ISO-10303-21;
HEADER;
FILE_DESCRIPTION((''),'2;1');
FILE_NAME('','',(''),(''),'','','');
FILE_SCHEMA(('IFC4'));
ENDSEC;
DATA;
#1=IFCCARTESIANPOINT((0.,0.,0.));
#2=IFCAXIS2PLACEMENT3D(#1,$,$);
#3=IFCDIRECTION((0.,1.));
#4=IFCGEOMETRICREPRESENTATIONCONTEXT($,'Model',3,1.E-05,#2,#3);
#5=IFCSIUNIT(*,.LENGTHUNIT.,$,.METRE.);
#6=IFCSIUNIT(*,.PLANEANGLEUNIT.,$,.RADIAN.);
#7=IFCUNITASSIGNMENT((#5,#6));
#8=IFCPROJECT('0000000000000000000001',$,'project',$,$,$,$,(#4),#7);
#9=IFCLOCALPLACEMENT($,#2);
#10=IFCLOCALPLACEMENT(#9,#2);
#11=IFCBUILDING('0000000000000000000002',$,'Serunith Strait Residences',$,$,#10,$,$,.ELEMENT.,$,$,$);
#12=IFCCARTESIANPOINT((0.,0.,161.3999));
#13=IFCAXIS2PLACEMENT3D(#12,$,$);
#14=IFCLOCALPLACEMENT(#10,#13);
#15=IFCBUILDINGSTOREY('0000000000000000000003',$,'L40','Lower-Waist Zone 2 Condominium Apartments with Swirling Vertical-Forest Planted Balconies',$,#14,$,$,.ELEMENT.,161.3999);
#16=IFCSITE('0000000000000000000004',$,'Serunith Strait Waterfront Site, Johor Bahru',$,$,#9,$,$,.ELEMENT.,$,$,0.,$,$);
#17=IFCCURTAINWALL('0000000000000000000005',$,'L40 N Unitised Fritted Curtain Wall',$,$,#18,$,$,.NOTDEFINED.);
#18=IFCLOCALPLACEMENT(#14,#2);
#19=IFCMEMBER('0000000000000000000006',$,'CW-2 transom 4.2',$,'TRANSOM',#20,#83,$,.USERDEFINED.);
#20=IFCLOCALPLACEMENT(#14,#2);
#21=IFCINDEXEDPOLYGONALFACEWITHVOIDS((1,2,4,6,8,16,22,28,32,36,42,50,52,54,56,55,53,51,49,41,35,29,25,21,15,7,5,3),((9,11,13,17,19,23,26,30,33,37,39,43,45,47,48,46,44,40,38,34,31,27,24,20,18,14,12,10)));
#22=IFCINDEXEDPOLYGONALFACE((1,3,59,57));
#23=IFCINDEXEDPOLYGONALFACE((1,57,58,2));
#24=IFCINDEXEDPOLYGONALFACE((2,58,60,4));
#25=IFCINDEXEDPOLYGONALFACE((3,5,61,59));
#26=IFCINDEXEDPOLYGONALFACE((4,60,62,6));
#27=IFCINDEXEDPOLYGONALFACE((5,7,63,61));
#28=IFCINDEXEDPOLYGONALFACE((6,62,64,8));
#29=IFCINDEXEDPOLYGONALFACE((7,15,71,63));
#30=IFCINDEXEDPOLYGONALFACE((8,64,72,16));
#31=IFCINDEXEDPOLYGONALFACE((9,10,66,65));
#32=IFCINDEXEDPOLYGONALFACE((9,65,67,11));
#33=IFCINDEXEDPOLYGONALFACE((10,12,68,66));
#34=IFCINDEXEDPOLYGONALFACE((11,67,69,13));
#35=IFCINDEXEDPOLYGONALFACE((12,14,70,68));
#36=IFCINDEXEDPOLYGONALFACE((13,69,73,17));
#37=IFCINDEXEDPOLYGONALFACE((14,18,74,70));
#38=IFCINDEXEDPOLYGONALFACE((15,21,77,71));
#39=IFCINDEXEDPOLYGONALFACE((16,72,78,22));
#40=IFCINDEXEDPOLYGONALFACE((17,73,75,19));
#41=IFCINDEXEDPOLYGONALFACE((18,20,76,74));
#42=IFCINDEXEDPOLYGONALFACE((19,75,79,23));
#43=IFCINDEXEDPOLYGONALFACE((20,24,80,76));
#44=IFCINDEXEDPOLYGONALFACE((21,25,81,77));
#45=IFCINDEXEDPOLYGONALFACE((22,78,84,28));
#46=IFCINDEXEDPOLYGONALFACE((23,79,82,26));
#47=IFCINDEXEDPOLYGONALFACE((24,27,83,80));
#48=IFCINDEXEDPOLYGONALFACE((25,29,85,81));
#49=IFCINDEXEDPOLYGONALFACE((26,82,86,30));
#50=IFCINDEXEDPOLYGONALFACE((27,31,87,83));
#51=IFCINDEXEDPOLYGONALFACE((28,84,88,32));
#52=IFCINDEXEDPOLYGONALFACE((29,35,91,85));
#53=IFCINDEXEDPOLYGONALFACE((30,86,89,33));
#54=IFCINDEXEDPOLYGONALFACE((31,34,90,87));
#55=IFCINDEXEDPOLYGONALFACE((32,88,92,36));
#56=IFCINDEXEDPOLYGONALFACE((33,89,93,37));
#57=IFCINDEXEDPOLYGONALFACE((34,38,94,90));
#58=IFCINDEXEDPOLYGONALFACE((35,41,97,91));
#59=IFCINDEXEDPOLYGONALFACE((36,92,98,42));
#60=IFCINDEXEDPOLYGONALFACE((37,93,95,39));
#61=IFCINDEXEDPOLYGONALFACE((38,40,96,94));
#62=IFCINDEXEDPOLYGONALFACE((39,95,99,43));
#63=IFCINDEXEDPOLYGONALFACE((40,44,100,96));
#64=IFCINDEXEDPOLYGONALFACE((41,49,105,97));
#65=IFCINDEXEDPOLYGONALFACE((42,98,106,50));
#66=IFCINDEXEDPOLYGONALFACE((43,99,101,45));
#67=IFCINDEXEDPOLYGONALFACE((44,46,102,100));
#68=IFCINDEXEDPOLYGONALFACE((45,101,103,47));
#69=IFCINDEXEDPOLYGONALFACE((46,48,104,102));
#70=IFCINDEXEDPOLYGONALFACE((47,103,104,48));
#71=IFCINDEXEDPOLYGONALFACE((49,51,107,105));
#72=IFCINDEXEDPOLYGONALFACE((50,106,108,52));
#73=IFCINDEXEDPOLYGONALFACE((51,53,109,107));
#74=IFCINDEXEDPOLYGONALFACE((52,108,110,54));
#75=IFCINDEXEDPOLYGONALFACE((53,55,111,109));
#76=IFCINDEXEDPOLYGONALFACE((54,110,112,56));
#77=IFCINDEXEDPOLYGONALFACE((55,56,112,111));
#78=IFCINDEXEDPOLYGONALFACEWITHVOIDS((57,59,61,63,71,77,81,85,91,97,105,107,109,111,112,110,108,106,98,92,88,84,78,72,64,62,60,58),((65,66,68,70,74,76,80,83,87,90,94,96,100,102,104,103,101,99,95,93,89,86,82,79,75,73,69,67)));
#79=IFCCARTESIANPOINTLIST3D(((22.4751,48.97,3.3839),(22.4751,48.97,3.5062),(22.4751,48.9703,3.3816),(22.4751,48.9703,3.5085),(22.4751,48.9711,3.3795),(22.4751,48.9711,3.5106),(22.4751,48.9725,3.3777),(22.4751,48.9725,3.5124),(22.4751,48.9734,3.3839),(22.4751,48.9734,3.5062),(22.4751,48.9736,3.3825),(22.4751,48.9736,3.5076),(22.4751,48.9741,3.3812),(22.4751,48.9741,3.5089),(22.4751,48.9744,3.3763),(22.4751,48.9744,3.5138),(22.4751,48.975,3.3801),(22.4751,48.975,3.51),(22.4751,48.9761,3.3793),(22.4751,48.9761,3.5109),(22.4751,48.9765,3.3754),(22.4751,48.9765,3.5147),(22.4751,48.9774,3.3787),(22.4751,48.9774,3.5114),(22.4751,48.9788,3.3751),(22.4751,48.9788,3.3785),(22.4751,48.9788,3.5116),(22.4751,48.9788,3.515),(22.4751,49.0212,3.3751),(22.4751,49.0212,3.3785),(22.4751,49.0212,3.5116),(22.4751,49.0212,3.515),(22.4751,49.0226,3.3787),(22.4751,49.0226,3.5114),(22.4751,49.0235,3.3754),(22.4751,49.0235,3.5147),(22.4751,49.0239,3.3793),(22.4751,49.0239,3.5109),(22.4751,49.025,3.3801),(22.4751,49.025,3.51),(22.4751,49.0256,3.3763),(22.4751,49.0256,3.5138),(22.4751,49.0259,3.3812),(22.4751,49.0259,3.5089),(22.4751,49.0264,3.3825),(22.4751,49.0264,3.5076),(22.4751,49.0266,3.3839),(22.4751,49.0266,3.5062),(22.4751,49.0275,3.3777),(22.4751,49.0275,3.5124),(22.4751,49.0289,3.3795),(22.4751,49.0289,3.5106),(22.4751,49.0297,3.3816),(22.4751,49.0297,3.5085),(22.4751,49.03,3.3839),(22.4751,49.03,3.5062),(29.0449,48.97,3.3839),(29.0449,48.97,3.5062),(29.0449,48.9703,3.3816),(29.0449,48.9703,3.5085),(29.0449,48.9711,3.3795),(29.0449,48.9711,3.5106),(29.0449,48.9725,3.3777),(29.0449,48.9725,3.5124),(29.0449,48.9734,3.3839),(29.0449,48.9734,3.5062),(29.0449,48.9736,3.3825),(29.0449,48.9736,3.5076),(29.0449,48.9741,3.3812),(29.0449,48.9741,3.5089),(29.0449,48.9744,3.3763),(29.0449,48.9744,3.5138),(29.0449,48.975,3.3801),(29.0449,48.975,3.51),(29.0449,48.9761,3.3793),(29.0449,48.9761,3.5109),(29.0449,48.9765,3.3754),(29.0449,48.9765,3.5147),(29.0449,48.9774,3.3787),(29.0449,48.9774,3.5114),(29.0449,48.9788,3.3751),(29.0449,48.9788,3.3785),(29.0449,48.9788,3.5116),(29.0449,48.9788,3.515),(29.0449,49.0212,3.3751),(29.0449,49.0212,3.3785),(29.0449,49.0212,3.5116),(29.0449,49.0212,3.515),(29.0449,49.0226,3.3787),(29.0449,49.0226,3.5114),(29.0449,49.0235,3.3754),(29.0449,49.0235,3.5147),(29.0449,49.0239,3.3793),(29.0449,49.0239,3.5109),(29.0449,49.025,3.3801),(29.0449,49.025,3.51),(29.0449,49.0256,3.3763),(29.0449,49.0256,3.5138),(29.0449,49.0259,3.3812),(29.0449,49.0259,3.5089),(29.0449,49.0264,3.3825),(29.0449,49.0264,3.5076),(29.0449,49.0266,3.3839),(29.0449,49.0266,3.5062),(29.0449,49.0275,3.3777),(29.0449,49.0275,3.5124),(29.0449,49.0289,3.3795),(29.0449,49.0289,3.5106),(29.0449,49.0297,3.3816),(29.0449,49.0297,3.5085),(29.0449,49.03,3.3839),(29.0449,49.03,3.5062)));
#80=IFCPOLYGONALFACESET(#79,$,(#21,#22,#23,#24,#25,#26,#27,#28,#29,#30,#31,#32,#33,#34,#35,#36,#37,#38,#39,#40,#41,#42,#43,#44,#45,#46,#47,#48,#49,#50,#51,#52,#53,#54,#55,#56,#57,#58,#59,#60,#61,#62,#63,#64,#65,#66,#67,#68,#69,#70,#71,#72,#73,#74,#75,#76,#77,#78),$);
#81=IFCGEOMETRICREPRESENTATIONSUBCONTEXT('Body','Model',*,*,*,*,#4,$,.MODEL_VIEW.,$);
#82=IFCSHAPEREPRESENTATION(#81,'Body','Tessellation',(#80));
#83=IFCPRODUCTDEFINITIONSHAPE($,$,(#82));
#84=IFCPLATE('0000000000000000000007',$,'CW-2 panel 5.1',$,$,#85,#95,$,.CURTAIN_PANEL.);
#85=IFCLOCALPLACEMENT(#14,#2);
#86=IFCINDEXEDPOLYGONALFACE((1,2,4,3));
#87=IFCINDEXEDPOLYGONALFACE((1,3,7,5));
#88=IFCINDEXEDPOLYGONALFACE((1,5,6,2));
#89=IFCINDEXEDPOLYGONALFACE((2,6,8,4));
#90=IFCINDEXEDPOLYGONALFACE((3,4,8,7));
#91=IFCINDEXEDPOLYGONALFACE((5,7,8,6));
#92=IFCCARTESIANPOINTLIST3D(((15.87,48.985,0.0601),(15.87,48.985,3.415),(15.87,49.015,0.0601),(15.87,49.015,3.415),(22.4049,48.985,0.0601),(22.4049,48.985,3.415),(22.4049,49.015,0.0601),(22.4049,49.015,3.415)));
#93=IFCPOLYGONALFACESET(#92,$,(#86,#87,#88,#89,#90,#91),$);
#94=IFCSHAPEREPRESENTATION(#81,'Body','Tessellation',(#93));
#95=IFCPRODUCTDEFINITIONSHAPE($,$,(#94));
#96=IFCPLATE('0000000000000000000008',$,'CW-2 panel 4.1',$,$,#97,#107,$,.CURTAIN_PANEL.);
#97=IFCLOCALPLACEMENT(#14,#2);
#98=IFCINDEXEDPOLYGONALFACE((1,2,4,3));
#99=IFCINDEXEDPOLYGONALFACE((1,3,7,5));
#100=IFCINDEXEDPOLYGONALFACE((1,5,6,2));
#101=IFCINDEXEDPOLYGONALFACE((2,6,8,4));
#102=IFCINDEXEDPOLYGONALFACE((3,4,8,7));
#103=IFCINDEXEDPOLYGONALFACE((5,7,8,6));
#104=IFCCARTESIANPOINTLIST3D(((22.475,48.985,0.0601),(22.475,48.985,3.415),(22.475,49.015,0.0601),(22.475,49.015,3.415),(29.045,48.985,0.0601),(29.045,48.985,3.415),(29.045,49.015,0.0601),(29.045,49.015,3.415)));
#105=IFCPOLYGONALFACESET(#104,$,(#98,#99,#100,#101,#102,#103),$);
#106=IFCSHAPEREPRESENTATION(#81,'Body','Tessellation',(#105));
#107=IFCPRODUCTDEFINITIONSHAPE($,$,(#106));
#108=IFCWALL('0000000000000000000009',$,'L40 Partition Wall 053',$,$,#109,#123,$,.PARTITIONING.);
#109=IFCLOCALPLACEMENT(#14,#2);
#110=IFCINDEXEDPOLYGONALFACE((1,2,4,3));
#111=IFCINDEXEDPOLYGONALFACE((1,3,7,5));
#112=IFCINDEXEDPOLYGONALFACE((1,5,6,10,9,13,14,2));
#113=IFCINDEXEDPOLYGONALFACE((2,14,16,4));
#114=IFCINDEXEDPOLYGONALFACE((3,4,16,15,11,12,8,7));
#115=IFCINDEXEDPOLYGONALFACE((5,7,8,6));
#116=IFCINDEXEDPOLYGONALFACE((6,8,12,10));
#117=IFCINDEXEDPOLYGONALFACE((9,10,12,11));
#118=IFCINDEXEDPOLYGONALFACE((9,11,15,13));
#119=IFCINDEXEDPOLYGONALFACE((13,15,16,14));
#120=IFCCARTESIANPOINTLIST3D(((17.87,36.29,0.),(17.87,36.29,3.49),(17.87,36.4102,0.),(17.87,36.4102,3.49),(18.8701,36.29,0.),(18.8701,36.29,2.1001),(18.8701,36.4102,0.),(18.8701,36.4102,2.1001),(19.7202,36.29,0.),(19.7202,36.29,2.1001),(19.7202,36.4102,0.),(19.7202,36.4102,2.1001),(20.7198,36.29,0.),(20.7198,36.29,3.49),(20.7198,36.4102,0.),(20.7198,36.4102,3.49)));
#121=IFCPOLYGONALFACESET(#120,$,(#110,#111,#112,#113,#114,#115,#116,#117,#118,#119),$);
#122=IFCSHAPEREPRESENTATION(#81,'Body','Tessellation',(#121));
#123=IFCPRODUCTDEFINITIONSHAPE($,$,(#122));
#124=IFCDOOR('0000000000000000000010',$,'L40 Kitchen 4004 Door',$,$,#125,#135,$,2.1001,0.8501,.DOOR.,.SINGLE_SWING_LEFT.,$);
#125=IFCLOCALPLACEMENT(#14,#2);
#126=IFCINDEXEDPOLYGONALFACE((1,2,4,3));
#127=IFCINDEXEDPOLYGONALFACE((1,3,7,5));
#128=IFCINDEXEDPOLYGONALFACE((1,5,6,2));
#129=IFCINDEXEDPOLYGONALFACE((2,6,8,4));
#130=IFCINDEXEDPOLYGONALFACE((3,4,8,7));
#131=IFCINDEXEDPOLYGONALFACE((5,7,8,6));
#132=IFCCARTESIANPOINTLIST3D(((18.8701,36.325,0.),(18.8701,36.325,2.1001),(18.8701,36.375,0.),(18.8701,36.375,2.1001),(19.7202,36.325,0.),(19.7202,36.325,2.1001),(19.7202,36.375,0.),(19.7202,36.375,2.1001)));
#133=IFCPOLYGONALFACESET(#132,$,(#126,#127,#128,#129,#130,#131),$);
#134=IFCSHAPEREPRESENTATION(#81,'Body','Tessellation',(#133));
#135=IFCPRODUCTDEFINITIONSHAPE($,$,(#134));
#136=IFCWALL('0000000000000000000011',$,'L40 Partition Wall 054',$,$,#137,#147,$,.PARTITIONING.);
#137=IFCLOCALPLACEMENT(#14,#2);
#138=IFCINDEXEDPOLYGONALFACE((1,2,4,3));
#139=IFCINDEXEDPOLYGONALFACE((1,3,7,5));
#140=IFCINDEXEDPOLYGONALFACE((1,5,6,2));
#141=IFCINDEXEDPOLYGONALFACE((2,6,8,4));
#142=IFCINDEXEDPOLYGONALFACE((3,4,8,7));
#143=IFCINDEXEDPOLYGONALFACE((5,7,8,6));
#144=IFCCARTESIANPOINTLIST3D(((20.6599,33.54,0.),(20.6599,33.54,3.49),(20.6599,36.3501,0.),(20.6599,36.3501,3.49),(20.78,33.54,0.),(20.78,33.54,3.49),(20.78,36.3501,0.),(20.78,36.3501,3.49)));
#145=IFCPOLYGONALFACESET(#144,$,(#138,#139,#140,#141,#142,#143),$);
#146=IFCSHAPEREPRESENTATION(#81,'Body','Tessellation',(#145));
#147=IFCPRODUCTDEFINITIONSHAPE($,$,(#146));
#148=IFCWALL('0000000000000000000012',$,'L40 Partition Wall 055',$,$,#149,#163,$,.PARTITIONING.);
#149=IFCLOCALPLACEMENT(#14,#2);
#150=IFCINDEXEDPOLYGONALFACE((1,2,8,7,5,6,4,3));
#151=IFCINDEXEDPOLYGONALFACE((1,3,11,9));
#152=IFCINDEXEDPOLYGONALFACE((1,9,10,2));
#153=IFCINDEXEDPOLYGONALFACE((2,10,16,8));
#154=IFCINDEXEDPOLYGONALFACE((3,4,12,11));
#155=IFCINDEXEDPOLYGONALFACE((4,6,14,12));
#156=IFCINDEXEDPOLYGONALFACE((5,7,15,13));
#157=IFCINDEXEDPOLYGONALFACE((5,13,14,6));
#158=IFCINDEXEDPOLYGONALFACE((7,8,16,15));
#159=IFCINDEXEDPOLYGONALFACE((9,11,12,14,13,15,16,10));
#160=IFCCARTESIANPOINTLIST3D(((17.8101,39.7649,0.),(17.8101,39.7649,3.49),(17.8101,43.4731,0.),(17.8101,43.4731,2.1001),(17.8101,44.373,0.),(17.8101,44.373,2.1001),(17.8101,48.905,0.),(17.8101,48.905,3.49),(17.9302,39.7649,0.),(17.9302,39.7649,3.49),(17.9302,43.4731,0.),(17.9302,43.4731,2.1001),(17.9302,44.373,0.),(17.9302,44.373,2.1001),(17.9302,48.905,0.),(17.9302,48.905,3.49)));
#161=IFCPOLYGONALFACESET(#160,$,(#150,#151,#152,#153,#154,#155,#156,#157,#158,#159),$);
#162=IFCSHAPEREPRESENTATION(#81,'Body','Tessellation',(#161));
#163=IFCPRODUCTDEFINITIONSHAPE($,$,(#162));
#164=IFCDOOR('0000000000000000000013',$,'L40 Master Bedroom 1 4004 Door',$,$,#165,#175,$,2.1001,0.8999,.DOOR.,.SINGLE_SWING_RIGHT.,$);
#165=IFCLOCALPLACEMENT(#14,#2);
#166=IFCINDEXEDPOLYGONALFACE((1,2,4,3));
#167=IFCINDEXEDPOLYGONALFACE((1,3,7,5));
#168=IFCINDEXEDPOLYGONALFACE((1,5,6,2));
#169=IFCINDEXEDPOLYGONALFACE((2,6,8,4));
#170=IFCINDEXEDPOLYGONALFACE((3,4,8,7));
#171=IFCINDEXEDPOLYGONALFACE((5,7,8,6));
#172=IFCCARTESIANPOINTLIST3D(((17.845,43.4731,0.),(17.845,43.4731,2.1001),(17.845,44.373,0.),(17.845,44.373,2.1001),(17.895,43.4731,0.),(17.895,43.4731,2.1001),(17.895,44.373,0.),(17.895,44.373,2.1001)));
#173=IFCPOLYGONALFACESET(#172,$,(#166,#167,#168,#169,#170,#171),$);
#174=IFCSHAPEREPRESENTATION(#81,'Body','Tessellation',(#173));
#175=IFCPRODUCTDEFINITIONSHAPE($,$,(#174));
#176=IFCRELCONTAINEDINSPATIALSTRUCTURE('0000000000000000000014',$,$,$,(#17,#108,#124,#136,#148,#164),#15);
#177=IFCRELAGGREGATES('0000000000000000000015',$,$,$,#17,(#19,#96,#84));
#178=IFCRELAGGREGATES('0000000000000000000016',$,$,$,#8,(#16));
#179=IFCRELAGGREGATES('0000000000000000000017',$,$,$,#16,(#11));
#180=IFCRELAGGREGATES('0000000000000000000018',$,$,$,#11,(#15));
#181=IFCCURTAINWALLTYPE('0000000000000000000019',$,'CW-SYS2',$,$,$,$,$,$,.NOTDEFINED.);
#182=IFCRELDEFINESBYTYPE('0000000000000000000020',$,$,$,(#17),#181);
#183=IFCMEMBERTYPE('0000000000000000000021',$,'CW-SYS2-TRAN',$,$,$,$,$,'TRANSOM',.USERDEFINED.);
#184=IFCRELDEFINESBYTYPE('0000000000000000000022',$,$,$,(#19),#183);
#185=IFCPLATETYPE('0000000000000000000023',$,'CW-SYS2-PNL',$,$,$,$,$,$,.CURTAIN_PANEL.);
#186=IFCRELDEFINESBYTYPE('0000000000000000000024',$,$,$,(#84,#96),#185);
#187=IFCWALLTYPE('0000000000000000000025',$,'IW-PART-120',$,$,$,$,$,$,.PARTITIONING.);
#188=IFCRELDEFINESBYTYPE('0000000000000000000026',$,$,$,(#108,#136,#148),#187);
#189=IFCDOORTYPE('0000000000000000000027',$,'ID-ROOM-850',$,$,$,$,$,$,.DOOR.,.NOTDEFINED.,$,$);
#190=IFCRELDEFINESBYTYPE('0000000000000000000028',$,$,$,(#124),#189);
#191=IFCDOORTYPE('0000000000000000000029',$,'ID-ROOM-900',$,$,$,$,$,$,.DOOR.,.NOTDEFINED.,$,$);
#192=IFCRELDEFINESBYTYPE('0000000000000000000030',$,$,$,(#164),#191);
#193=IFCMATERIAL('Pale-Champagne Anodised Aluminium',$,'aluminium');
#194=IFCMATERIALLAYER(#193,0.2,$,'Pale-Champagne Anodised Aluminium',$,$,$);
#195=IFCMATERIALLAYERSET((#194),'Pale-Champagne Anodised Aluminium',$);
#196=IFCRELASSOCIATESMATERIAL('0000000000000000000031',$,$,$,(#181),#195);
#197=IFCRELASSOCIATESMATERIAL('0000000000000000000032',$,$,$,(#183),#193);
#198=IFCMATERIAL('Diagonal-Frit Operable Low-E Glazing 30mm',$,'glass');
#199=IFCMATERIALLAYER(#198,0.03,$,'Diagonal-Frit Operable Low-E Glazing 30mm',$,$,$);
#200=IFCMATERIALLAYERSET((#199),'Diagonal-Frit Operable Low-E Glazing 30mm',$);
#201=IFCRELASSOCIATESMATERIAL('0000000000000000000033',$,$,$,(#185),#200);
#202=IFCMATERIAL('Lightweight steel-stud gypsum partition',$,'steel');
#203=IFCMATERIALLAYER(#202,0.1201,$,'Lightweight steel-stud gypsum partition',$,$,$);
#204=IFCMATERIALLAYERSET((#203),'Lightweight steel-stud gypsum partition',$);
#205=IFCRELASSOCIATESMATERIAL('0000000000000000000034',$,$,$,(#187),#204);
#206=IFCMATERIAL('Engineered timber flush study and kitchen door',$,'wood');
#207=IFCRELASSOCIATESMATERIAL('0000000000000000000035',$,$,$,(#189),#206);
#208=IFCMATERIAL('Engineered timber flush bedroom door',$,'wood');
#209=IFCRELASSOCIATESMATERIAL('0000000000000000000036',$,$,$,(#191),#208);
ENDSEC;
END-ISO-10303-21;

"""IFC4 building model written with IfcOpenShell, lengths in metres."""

from ifc_helpers import new_model, si_unit, direction, frame, frame_2d, origin, origin_2d, place, context, subcontext, project, spatial, rectangle, hollow_rectangle, extrude, source, transform, mapped, material, layer, layer_set, material_profile, profile_set, type_object, element, fill, aggregate, save


model = new_model("IFC4")

# Units and contexts
model_context = context("Model", 3, precision=1e-05, world=origin(), true_north=direction((0.0, 1.0)))
body_context = subcontext(model_context, "Body", "Model", "MODEL_VIEW")
ifc_project = project(units=[si_unit("LENGTHUNIT", "METRE"), si_unit("PLANEANGLEUNIT", "RADIAN")], contexts=[model_context])

# Site, building, storey
site_placement = place(None, origin())
site = spatial("IfcSite", under=ifc_project, at=site_placement, Name="Serunith Strait Waterfront Site, Johor Bahru", CompositionType="ELEMENT", RefElevation=0.0)
building_placement = place(site_placement, origin())
building = spatial("IfcBuilding", under=site, at=building_placement, Name="Serunith Strait Residences", CompositionType="ELEMENT")
storey_placement = place(building_placement, frame((0.0, 0.0, 161.3999)))
storey = spatial("IfcBuildingStorey", under=building, at=storey_placement, Name="L40", Description="Lower-Waist Zone 2 Condominium Apartments with Swirling Vertical-Forest Planted Balconies", CompositionType="ELEMENT", Elevation=161.3999)

# Curtain wall, member, plates
ifc_material_1 = material(Name="Pale-Champagne Anodised Aluminium", Category="aluminium")
ifc_layer_1 = layer(ifc_material_1, 0.2, Name="Pale-Champagne Anodised Aluminium")
ifc_layer_set_1 = layer_set([ifc_layer_1], Name="Pale-Champagne Anodised Aluminium")
curtain_wall_type = type_object("IfcCurtainWallType", Name="CW-SYS2", PredefinedType="NOTDEFINED", material=ifc_layer_set_1)
curtain_wall_placement = place(storey_placement, origin())
curtain_wall = element("IfcCurtainWall", 1, at=curtain_wall_placement, inside=storey, type_object=curtain_wall_type, Name="L40 N Unitised Fritted Curtain Wall", PredefinedType="NOTDEFINED")
ifc_material_profile_1 = material_profile(ifc_material_1, hollow_rectangle(XDim=0.0601, YDim=0.1399, WallThickness=0.0034, InnerFilletRadius=0.0054, OuterFilletRadius=0.0088, at=origin_2d()), Name="ALU 140x60x3.5")
ifc_profile_set_1 = profile_set([ifc_material_profile_1], Name="Pale-Champagne Anodised Aluminium")
member_type_1 = type_object("IfcMemberType", Name="CW-SYS2-TRAN", ElementType="TRANSOM", PredefinedType="USERDEFINED", material=ifc_profile_set_1)
shared_shape_1 = source(origin(), body_context, "Body", "SweptSolid", [
    extrude(hollow_rectangle(XDim=0.0601, YDim=0.1399, WallThickness=0.0034, InnerFilletRadius=0.0054, OuterFilletRadius=0.0088, at=origin_2d()), origin(), (0.0, 0.0, 1.0), 6.5698),
])
member_1_placement = place(storey_placement, frame((29.0449, 49.0, 3.4451), z_axis=(-1.0, 0.0, 0.0), x_axis=(0.0, -1.0, 0.0)))
member_1 = element("IfcMember", 2, at=member_1_placement, type_object=member_type_1, Name="CW-2 transom 4.2", ObjectType="TRANSOM", PredefinedType="USERDEFINED", context=body_context, shape_type="MappedRepresentation", body=[
    mapped(shared_shape_1, transform((0.0, 0.0, 0.0), scale=1.0)),
])
ifc_material_2 = material(Name="Diagonal-Frit Operable Low-E Glazing 30mm", Category="glass")
ifc_layer_2 = layer(ifc_material_2, 0.03, Name="Diagonal-Frit Operable Low-E Glazing 30mm")
ifc_layer_set_2 = layer_set([ifc_layer_2], Name="Diagonal-Frit Operable Low-E Glazing 30mm")
plate_type = type_object("IfcPlateType", Name="CW-SYS2-PNL", PredefinedType="CURTAIN_PANEL", material=ifc_layer_set_2)
shared_shape_2 = source(origin(), body_context, "Body", "SweptSolid", [
    extrude(rectangle(XDim=6.5349, YDim=0.03, at=origin_2d()), origin(), (0.0, 0.0, 1.0), 3.355),
])
plate_1_placement = place(storey_placement, frame((19.1375, 49.0, 0.0601), z_axis=(0.0, 0.0, 1.0), x_axis=(-1.0, 0.0, 0.0)))
plate_1 = element("IfcPlate", 3, at=plate_1_placement, type_object=plate_type, Name="CW-2 panel 5.1", PredefinedType="CURTAIN_PANEL", context=body_context, shape_type="MappedRepresentation", body=[
    mapped(shared_shape_2, transform((0.0, 0.0, 0.0), scale=1.0)),
])
shared_shape_3 = source(origin(), body_context, "Body", "SweptSolid", [
    extrude(rectangle(XDim=6.5701, YDim=0.03, at=origin_2d()), origin(), (0.0, 0.0, 1.0), 3.355),
])
plate_2_placement = place(storey_placement, frame((25.76, 49.0, 0.0601), z_axis=(0.0, 0.0, 1.0), x_axis=(-1.0, 0.0, 0.0)))
plate_2 = element("IfcPlate", 4, at=plate_2_placement, type_object=plate_type, Name="CW-2 panel 4.1", PredefinedType="CURTAIN_PANEL", context=body_context, shape_type="MappedRepresentation", body=[
    mapped(shared_shape_3, transform((0.0, 0.0, 0.0), scale=1.0)),
])
aggregate(curtain_wall, [member_1, plate_2, plate_1])

# Wall, opening, door
ifc_material_3 = material(Name="Lightweight steel-stud gypsum partition", Category="steel")
ifc_layer_3 = layer(ifc_material_3, 0.1201, Name="Lightweight steel-stud gypsum partition")
ifc_layer_set_3 = layer_set([ifc_layer_3], Name="Lightweight steel-stud gypsum partition")
wall_type = type_object("IfcWallType", Name="IW-PART-120", PredefinedType="PARTITIONING", material=ifc_layer_set_3)
wall_1_placement = place(storey_placement, frame((17.8701, 36.3501, 0.0), z_axis=(0.0, 0.0, 1.0), x_axis=(1.0, 0.0, 0.0)))
wall_1 = element("IfcWall", 5, at=wall_1_placement, inside=storey, type_object=wall_type, Name="L40 Partition Wall 053", PredefinedType="PARTITIONING", context=body_context, shape_type="SweptSolid", body=[
    extrude(rectangle(XDim=2.8499, YDim=0.1201, at=frame_2d((1.4248, 0.0))), origin(), (0.0, 0.0, 1.0), 3.49),
])
opening_1_placement = place(wall_1_placement, frame((1.0, 0.0, 0.0)))
opening_1 = element("IfcOpeningElement", 6, at=opening_1_placement, cuts=wall_1, PredefinedType="OPENING", context=body_context, shape_type="SweptSolid", body=[
    extrude(rectangle(XDim=0.8501, YDim=2.1001, at=frame_2d((0.425, 1.05))), frame((0.0, 0.0701, 0.0), z_axis=(0.0, -1.0, 0.0), x_axis=(1.0, 0.0, 0.0)), (0.0, 0.0, 1.0), 0.1401),
])
ifc_material_4 = material(Name="Engineered timber flush study and kitchen door", Category="wood")
door_type_1 = type_object("IfcDoorType", Name="ID-ROOM-850", OperationType="NOTDEFINED", PredefinedType="DOOR", material=ifc_material_4)
shared_shape_4 = source(origin(), body_context, "Body", "SweptSolid", [
    extrude(rectangle(XDim=0.8501, YDim=2.1001, at=frame_2d((0.425, 1.05))), frame((0.0, 0.0249, 0.0), z_axis=(0.0, -1.0, 0.0), x_axis=(1.0, 0.0, 0.0)), (0.0, 0.0, 1.0), 0.05),
])
door_1_placement = place(opening_1_placement, origin())
door_1 = element("IfcDoor", 7, at=door_1_placement, inside=storey, type_object=door_type_1, Name="L40 Kitchen 4004 Door", OperationType="SINGLE_SWING_LEFT", OverallHeight=2.1001, OverallWidth=0.8501, PredefinedType="DOOR", context=body_context, shape_type="MappedRepresentation", body=[
    mapped(shared_shape_4, transform((0.0, 0.0, 0.0), scale=1.0)),
])
fill(opening_1, door_1)

# Wall
wall_2_placement = place(storey_placement, frame((20.72, 36.3501, 0.0), z_axis=(0.0, 0.0, 1.0), x_axis=(0.0, -1.0, 0.0)))
element("IfcWall", 8, at=wall_2_placement, inside=storey, type_object=wall_type, Name="L40 Partition Wall 054", PredefinedType="PARTITIONING", context=body_context, shape_type="SweptSolid", body=[
    extrude(rectangle(XDim=2.8101, YDim=0.1201, at=frame_2d((1.405, 0.0))), origin(), (0.0, 0.0, 1.0), 3.49),
])

# Wall, opening, door
wall_3_placement = place(storey_placement, frame((17.8701, 48.905, 0.0), z_axis=(0.0, 0.0, 1.0), x_axis=(0.0, -1.0, 0.0)))
wall_3 = element("IfcWall", 9, at=wall_3_placement, inside=storey, type_object=wall_type, Name="L40 Partition Wall 055", PredefinedType="PARTITIONING", context=body_context, shape_type="SweptSolid", body=[
    extrude(rectangle(XDim=9.1401, YDim=0.1201, at=frame_2d((4.5701, 0.0))), origin(), (0.0, 0.0, 1.0), 3.49),
])
opening_2_placement = place(wall_3_placement, frame((4.532, 0.0, 0.0)))
opening_2 = element("IfcOpeningElement", 10, at=opening_2_placement, cuts=wall_3, PredefinedType="OPENING", context=body_context, shape_type="SweptSolid", body=[
    extrude(rectangle(XDim=0.8999, YDim=2.1001, at=frame_2d((0.45, 1.05))), frame((0.0, 0.0701, 0.0), z_axis=(0.0, -1.0, 0.0), x_axis=(1.0, 0.0, 0.0)), (0.0, 0.0, 1.0), 0.1401),
])
ifc_material_5 = material(Name="Engineered timber flush bedroom door", Category="wood")
door_type_2 = type_object("IfcDoorType", Name="ID-ROOM-900", OperationType="NOTDEFINED", PredefinedType="DOOR", material=ifc_material_5)
shared_shape_5 = source(origin(), body_context, "Body", "SweptSolid", [
    extrude(rectangle(XDim=0.8999, YDim=2.1001, at=frame_2d((0.45, 1.05))), frame((0.0, 0.0249, 0.0), z_axis=(0.0, -1.0, 0.0), x_axis=(1.0, 0.0, 0.0)), (0.0, 0.0, 1.0), 0.05),
])
door_2_placement = place(opening_2_placement, origin())
door_2 = element("IfcDoor", 11, at=door_2_placement, inside=storey, type_object=door_type_2, Name="L40 Master Bedroom 1 4004 Door", OperationType="SINGLE_SWING_RIGHT", OverallHeight=2.1001, OverallWidth=0.8999, PredefinedType="DOOR", context=body_context, shape_type="MappedRepresentation", body=[
    mapped(shared_shape_5, transform((0.0, 0.0, 0.0), scale=1.0)),
])
fill(opening_2, door_2)

save(model, "model.ifc")
